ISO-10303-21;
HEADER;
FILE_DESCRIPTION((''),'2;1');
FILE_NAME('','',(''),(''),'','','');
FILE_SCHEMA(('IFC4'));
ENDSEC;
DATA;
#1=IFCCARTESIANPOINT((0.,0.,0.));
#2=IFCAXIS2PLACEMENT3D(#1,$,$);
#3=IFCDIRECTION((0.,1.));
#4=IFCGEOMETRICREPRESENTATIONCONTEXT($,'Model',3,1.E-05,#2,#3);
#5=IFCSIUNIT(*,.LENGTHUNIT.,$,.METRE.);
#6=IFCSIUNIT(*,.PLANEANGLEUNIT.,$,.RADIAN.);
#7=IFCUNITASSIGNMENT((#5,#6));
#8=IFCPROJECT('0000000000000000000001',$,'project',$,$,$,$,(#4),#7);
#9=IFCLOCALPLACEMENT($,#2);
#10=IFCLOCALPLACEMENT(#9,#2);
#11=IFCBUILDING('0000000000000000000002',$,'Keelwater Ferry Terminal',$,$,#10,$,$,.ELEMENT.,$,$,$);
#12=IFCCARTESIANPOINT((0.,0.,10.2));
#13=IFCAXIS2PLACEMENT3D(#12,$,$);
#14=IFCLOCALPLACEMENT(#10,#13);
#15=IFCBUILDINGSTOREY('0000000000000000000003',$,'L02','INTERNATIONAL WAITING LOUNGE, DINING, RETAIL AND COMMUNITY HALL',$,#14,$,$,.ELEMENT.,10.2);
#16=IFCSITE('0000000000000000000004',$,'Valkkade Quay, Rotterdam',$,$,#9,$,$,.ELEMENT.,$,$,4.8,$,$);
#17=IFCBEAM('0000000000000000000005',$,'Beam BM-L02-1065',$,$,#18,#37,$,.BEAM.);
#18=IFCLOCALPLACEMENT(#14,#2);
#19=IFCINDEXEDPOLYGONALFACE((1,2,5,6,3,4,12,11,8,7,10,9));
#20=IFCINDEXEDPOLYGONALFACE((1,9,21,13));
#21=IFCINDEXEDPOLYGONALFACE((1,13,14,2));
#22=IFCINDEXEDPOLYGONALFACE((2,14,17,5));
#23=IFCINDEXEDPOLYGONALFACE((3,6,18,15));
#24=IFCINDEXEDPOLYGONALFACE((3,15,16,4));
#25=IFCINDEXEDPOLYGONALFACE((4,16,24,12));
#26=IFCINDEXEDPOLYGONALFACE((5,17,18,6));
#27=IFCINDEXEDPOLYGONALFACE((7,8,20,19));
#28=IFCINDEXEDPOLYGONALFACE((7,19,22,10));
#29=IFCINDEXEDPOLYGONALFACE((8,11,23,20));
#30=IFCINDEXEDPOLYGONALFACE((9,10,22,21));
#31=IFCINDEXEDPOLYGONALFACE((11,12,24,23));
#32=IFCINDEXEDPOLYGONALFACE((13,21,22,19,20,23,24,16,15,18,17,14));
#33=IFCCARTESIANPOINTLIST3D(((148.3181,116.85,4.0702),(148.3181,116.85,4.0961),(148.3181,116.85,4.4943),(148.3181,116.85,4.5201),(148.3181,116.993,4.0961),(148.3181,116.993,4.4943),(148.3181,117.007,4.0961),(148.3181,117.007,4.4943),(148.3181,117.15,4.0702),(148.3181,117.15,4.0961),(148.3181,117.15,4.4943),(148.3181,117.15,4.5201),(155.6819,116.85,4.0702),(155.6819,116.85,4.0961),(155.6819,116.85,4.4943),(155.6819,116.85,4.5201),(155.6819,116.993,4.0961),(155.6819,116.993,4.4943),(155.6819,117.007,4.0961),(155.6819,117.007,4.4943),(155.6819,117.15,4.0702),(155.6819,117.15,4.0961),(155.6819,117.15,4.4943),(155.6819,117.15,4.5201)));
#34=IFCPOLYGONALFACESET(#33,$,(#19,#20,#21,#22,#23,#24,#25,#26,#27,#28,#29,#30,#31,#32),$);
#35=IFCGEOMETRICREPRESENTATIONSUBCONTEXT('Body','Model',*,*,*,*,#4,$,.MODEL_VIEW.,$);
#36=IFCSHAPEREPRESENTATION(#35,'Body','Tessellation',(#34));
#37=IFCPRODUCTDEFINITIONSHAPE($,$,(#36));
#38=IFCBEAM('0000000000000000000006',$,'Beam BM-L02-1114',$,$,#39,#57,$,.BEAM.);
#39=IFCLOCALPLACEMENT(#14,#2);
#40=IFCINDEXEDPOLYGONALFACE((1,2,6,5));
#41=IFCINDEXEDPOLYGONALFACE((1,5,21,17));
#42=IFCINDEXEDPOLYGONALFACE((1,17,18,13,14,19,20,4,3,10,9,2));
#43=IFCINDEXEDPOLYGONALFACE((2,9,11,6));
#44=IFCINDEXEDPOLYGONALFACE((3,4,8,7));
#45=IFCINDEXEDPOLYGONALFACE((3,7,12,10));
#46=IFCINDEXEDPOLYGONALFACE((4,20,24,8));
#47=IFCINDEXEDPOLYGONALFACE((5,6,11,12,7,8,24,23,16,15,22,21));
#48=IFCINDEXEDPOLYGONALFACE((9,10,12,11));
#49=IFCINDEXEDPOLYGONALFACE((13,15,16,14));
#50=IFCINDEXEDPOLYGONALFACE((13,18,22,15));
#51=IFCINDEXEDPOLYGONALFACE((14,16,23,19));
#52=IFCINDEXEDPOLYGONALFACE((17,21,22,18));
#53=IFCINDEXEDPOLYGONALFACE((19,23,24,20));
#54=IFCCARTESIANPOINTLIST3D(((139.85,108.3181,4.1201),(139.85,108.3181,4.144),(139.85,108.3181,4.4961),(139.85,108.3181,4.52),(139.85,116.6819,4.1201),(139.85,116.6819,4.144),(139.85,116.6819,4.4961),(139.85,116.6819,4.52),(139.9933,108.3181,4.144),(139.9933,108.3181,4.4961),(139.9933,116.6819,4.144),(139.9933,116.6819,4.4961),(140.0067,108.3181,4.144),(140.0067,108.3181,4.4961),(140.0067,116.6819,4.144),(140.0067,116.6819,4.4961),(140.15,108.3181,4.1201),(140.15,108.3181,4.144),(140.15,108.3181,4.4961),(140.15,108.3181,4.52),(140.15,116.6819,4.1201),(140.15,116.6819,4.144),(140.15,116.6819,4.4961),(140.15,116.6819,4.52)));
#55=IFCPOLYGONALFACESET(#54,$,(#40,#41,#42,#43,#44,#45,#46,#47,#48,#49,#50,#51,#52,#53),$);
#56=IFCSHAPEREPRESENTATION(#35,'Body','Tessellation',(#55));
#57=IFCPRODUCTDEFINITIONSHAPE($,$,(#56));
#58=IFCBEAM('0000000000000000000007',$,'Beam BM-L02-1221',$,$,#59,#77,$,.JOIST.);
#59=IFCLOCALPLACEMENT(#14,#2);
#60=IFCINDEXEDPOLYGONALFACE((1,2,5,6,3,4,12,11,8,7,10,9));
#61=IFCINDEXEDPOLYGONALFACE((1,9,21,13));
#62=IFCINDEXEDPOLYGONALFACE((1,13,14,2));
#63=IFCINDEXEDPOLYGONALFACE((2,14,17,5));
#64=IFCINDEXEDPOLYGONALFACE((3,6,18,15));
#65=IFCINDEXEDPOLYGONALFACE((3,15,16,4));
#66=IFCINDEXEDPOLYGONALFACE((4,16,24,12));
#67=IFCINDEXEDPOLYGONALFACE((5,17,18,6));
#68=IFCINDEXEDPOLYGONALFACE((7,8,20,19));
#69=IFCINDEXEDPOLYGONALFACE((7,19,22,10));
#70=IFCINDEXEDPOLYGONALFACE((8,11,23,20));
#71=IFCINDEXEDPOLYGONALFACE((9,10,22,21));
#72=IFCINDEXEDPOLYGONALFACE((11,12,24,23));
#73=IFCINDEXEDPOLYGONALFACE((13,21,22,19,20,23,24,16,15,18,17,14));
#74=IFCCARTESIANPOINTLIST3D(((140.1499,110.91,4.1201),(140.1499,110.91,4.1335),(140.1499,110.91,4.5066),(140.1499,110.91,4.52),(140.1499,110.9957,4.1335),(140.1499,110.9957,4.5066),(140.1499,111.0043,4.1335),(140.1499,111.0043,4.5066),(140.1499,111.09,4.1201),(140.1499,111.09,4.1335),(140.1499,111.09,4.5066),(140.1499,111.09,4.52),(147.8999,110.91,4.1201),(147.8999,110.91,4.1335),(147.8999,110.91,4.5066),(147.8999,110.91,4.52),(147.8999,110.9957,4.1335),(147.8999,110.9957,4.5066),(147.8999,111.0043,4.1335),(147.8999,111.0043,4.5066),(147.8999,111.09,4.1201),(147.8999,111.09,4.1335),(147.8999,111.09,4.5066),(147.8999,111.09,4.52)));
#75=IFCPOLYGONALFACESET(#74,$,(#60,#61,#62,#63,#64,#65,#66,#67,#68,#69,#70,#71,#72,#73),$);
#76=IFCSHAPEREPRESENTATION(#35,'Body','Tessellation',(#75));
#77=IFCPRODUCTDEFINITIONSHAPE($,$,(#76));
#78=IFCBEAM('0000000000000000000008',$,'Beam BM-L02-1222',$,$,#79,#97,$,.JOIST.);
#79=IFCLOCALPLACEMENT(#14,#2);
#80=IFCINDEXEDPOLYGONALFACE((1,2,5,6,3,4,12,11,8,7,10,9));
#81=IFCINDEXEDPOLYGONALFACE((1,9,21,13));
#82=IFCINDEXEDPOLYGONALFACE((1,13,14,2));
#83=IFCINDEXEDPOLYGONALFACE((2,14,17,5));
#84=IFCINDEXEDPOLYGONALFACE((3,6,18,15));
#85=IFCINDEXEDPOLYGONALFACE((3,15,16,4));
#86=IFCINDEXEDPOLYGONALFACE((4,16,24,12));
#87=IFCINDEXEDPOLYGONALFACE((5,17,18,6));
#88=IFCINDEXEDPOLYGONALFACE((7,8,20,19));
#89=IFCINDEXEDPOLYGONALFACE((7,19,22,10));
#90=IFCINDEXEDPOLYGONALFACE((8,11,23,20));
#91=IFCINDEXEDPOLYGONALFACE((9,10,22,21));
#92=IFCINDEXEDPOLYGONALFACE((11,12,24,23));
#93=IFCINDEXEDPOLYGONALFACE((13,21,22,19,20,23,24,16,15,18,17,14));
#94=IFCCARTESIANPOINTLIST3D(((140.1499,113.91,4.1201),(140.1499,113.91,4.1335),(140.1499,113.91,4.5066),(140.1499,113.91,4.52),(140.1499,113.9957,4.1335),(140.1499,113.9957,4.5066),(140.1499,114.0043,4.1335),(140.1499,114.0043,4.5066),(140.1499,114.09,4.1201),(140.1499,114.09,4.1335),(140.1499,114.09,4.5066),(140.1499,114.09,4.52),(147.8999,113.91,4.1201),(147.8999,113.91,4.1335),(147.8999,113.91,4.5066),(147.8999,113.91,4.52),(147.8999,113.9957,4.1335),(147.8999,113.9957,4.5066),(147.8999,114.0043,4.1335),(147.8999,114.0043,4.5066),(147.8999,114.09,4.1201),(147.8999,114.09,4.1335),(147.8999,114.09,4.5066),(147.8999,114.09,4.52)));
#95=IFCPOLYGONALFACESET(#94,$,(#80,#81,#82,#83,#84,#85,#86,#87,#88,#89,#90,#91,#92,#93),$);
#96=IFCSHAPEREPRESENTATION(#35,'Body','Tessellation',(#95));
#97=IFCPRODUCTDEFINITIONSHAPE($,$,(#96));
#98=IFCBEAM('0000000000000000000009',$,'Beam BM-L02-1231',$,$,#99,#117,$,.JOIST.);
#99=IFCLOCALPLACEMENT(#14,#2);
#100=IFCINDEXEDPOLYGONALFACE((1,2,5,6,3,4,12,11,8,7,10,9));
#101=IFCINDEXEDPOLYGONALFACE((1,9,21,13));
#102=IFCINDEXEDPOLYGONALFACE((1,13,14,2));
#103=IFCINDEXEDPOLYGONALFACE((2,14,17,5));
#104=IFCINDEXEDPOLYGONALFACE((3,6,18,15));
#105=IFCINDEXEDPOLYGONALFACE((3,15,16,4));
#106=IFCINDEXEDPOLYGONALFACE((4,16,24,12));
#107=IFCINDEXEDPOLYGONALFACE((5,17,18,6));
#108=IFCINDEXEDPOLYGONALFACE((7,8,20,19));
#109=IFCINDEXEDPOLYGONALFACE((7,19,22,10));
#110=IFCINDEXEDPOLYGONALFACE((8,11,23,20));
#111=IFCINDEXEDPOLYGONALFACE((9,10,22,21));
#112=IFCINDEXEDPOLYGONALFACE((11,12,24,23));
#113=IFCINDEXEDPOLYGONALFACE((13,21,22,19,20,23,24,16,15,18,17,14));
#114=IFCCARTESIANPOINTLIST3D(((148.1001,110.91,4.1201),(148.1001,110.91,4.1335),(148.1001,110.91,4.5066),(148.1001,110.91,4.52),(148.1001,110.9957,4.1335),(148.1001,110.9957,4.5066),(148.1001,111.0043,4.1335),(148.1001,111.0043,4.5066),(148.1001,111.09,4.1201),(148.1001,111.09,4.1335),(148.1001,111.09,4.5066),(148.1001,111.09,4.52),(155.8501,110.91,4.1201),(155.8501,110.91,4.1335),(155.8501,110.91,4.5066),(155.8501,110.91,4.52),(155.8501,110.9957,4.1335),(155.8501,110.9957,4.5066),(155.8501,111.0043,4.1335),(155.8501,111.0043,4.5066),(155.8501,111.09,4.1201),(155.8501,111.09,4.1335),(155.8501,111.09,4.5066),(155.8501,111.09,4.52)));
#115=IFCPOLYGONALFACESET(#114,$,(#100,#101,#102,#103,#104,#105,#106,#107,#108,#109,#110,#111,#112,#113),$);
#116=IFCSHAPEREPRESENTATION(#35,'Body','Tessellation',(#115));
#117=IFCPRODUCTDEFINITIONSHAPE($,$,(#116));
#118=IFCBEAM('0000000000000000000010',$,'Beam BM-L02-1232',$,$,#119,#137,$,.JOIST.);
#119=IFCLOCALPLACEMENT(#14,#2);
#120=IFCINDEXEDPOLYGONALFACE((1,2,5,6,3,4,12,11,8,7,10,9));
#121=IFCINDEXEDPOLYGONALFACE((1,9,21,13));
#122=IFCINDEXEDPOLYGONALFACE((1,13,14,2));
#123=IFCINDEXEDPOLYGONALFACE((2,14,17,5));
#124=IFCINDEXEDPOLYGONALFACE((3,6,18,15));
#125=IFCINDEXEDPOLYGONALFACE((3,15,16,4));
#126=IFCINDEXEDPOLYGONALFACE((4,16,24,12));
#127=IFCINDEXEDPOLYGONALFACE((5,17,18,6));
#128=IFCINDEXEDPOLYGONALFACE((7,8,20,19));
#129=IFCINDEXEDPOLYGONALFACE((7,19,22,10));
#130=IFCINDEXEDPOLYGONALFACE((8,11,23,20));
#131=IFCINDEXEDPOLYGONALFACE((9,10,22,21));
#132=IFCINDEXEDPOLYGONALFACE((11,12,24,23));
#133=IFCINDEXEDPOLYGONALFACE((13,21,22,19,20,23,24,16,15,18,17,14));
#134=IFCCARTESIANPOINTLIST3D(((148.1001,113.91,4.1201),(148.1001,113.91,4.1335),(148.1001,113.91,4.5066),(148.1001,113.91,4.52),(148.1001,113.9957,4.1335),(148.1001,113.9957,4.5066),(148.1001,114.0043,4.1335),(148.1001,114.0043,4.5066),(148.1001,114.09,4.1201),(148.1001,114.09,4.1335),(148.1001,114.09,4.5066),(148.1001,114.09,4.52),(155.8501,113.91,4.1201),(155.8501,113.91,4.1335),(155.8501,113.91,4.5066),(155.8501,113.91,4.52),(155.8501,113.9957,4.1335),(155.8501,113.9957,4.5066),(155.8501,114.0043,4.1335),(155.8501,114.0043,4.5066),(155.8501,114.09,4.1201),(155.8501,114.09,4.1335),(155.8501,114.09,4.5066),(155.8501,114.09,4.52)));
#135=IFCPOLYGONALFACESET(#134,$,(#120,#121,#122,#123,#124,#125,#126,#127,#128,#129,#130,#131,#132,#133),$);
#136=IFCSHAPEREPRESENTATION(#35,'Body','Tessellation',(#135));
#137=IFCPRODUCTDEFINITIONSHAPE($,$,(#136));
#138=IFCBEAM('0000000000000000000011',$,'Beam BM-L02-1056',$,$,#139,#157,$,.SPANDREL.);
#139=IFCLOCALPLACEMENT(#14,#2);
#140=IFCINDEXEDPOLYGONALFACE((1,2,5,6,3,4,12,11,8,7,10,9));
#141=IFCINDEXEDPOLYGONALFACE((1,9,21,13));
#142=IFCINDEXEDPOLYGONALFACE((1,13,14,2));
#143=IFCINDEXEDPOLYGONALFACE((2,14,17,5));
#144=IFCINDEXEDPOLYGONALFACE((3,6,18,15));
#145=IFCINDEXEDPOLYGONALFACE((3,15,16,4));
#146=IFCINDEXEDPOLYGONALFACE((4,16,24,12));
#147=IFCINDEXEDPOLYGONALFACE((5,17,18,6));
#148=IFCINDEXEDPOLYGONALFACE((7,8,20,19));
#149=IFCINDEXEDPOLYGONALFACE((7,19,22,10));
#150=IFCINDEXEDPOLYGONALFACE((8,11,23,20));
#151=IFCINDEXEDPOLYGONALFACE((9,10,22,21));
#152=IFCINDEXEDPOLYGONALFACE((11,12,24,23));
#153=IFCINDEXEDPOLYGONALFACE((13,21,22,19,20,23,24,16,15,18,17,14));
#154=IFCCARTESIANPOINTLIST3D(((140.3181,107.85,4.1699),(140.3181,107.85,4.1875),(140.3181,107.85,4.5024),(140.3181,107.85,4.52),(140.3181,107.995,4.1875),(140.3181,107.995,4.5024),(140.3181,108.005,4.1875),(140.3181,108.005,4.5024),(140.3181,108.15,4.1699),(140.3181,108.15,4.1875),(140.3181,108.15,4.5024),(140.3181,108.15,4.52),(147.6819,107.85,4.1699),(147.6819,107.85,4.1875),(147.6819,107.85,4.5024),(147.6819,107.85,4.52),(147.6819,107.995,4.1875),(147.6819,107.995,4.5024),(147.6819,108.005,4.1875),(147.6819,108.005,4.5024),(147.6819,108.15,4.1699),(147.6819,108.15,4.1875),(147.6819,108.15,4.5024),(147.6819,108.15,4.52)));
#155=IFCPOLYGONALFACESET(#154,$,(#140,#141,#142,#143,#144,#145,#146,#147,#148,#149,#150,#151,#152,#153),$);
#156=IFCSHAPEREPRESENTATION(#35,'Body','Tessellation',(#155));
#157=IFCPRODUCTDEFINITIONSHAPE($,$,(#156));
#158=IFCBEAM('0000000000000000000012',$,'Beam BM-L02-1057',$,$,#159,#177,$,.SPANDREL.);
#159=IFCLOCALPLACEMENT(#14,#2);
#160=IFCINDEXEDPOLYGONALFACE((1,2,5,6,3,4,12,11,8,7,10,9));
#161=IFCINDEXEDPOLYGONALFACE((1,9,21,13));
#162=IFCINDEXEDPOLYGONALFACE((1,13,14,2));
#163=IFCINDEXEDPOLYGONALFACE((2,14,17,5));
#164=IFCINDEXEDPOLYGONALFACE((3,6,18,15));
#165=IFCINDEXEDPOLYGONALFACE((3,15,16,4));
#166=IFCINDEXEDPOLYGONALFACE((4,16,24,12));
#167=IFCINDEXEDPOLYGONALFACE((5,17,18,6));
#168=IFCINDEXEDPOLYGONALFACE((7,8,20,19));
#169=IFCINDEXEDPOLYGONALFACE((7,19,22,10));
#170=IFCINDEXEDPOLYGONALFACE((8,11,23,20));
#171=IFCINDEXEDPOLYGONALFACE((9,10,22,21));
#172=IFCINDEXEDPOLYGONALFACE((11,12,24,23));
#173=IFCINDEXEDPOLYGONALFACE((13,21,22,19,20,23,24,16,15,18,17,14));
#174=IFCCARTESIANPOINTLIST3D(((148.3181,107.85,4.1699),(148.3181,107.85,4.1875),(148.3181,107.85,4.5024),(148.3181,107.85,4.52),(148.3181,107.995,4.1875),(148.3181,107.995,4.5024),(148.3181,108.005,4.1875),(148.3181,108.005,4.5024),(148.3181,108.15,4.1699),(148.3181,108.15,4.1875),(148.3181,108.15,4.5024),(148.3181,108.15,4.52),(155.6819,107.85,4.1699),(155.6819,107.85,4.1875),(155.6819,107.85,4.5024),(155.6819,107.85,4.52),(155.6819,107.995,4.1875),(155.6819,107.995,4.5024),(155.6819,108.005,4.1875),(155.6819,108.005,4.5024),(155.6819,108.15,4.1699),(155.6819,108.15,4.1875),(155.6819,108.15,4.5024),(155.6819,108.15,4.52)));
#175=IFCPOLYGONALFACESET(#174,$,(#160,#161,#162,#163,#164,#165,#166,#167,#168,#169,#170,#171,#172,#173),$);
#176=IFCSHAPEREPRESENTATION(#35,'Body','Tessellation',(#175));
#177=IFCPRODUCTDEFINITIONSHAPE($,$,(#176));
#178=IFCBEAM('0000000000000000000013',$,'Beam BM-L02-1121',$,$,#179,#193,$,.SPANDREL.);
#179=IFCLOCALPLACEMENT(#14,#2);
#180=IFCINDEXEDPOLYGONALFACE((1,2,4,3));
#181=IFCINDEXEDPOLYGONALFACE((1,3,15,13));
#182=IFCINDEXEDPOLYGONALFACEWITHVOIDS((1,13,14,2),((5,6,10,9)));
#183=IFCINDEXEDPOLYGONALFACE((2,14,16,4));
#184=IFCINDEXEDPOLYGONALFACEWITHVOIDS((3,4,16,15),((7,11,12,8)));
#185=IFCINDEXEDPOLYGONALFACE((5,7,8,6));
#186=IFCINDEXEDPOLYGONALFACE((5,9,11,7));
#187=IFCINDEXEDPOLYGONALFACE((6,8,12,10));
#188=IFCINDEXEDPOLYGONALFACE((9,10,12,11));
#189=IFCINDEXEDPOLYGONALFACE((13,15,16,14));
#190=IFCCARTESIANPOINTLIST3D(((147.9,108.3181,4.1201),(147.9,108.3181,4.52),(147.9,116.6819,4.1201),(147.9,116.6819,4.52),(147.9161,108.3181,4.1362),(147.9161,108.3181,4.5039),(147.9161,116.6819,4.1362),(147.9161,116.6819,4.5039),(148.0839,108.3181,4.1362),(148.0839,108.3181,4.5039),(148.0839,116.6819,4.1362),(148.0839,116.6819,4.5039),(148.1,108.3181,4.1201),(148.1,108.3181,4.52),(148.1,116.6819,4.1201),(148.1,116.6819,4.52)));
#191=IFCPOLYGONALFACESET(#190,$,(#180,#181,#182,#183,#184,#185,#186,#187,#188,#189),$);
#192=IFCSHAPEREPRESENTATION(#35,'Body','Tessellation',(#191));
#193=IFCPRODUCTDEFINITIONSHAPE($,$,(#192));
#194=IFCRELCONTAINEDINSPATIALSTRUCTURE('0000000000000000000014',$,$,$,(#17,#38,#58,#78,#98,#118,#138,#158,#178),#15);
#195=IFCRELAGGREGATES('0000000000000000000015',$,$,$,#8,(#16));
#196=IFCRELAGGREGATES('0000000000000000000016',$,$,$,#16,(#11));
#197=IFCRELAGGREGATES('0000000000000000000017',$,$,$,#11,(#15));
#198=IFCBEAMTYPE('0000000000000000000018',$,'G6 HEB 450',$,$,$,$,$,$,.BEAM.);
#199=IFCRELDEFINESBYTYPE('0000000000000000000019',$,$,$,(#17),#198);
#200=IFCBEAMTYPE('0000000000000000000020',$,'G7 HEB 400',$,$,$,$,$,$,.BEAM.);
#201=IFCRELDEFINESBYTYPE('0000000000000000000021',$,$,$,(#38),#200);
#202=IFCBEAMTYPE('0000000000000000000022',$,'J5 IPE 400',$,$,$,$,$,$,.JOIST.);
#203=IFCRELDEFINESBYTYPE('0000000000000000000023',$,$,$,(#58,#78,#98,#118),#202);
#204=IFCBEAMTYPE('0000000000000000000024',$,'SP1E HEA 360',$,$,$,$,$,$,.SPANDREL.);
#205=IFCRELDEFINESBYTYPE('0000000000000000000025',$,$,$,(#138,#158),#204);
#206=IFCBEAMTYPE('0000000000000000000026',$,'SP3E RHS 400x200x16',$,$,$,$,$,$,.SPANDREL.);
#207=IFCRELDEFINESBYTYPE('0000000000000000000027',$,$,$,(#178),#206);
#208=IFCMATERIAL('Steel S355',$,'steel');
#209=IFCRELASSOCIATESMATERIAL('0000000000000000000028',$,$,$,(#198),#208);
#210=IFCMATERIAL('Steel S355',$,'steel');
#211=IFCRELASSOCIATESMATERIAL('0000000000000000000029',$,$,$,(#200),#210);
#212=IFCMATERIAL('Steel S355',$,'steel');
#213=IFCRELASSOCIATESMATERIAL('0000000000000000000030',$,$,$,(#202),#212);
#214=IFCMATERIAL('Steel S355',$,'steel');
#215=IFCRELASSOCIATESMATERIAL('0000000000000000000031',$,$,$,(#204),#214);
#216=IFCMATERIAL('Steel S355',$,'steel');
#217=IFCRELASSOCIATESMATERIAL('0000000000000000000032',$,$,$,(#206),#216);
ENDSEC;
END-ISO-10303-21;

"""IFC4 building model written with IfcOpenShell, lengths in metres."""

from ifc_helpers import new_model, si_unit, direction, frame, origin, origin_2d, place, context, subcontext, project, spatial, hollow_rectangle, i_section, extrude, material, material_profile, profile_set, type_object, element, save


model = new_model("IFC4")

# Units and contexts
model_context = context("Model", 3, precision=1e-05, world=origin(), true_north=direction((0.0, 1.0)))
body_context = subcontext(model_context, "Body", "Model", "MODEL_VIEW")
ifc_project = project(units=[si_unit("LENGTHUNIT", "METRE"), si_unit("PLANEANGLEUNIT", "RADIAN")], contexts=[model_context])

# Site, building, storey
site_placement = place(None, origin())
site = spatial("IfcSite", under=ifc_project, at=site_placement, Name="Valkkade Quay, Rotterdam", CompositionType="ELEMENT", RefElevation=4.8)
building_placement = place(site_placement, origin())
building = spatial("IfcBuilding", under=site, at=building_placement, Name="Keelwater Ferry Terminal", CompositionType="ELEMENT")
storey_placement = place(building_placement, frame((0.0, 0.0, 10.2)))
storey = spatial("IfcBuildingStorey", under=building, at=storey_placement, Name="L02", Description="INTERNATIONAL WAITING LOUNGE, DINING, RETAIL AND COMMUNITY HALL", CompositionType="ELEMENT", Elevation=10.2)

# Beams
ifc_material_1 = material(Name="Steel S355", Category="steel")
ifc_material_profile_1 = material_profile(ifc_material_1, i_section(OverallWidth=0.3, OverallDepth=0.45, WebThickness=0.0139, FlangeThickness=0.0259, at=origin_2d()), Name="HEB 450")
ifc_profile_set_1 = profile_set([ifc_material_profile_1], Name="Steel S355")
beam_type_1 = type_object("IfcBeamType", Name="G6 HEB 450", PredefinedType="BEAM", material=ifc_profile_set_1)
for number, where, z_axis, x_axis, name in (
    (1, (148.3181, 117.0, 4.2952), (1.0, 0.0, 0.0), (0.0, 1.0, 0.0), "Beam BM-L02-1065"),
):
    element("IfcBeam", number, at=place(storey_placement, frame(where, z_axis=z_axis, x_axis=x_axis)), inside=storey, type_object=beam_type_1, Name=name, PredefinedType="BEAM", context=body_context, shape_type="SweptSolid", body=[
        extrude(i_section(OverallWidth=0.3, OverallDepth=0.45, WebThickness=0.0139, FlangeThickness=0.0259, at=origin_2d()), origin(), (0.0, 0.0, 1.0), 7.3638),
    ])
ifc_material_2 = material(Name="Steel S355", Category="steel")
ifc_material_profile_2 = material_profile(ifc_material_2, i_section(OverallWidth=0.3, OverallDepth=0.3999, WebThickness=0.0134, FlangeThickness=0.0239, at=origin_2d()), Name="HEB 400")
ifc_profile_set_2 = profile_set([ifc_material_profile_2], Name="Steel S355")
beam_type_2 = type_object("IfcBeamType", Name="G7 HEB 400", PredefinedType="BEAM", material=ifc_profile_set_2)
beam_1_placement = place(storey_placement, frame((140.0, 108.3181, 4.3201), z_axis=(0.0, 1.0, 0.0), x_axis=(-1.0, 0.0, 0.0)))
element("IfcBeam", 2, at=beam_1_placement, inside=storey, type_object=beam_type_2, Name="Beam BM-L02-1114", PredefinedType="BEAM", context=body_context, shape_type="SweptSolid", body=[
    extrude(i_section(OverallWidth=0.3, OverallDepth=0.3999, WebThickness=0.0134, FlangeThickness=0.0239, at=origin_2d()), origin(), (0.0, 0.0, 1.0), 8.3638),
])
ifc_material_3 = material(Name="Steel S355", Category="steel")
ifc_material_profile_3 = material_profile(ifc_material_3, i_section(OverallWidth=0.1799, OverallDepth=0.3999, WebThickness=0.0085, FlangeThickness=0.0134, at=origin_2d()), Name="IPE 400")
ifc_profile_set_3 = profile_set([ifc_material_profile_3], Name="Steel S355")
beam_type_3 = type_object("IfcBeamType", Name="J5 IPE 400", PredefinedType="JOIST", material=ifc_profile_set_3)
for number, where, z_axis, x_axis, name in (
    (3, (140.1499, 111.0, 4.3201), (1.0, 0.0, 0.0), (0.0, 1.0, 0.0), "Beam BM-L02-1221"),
    (4, (140.1499, 114.0, 4.3201), (1.0, 0.0, 0.0), (0.0, 1.0, 0.0), "Beam BM-L02-1222"),
    (5, (148.1001, 111.0, 4.3201), (1.0, 0.0, 0.0), (0.0, 1.0, 0.0), "Beam BM-L02-1231"),
    (6, (148.1001, 114.0, 4.3201), (1.0, 0.0, 0.0), (0.0, 1.0, 0.0), "Beam BM-L02-1232"),
):
    element("IfcBeam", number, at=place(storey_placement, frame(where, z_axis=z_axis, x_axis=x_axis)), inside=storey, type_object=beam_type_3, Name=name, PredefinedType="JOIST", context=body_context, shape_type="SweptSolid", body=[
        extrude(i_section(OverallWidth=0.1799, OverallDepth=0.3999, WebThickness=0.0085, FlangeThickness=0.0134, at=origin_2d()), origin(), (0.0, 0.0, 1.0), 7.75),
    ])
ifc_material_4 = material(Name="Steel S355", Category="steel")
ifc_material_profile_4 = material_profile(ifc_material_4, i_section(OverallWidth=0.3, OverallDepth=0.3501, WebThickness=0.01, FlangeThickness=0.0176, at=origin_2d()), Name="HEA 360")
ifc_profile_set_4 = profile_set([ifc_material_profile_4], Name="Steel S355")
beam_type_4 = type_object("IfcBeamType", Name="SP1E HEA 360", PredefinedType="SPANDREL", material=ifc_profile_set_4)
for number, where, z_axis, x_axis, name in (
    (7, (140.3181, 108.0, 4.345), (1.0, 0.0, 0.0), (0.0, 1.0, 0.0), "Beam BM-L02-1056"),
    (8, (148.3181, 108.0, 4.345), (1.0, 0.0, 0.0), (0.0, 1.0, 0.0), "Beam BM-L02-1057"),
):
    element("IfcBeam", number, at=place(storey_placement, frame(where, z_axis=z_axis, x_axis=x_axis)), inside=storey, type_object=beam_type_4, Name=name, PredefinedType="SPANDREL", context=body_context, shape_type="SweptSolid", body=[
        extrude(i_section(OverallWidth=0.3, OverallDepth=0.3501, WebThickness=0.01, FlangeThickness=0.0176, at=origin_2d()), origin(), (0.0, 0.0, 1.0), 7.3638),
    ])
ifc_material_5 = material(Name="Steel S355", Category="steel")
ifc_material_profile_5 = material_profile(ifc_material_5, hollow_rectangle(XDim=0.2, YDim=0.3999, WallThickness=0.0161, at=origin_2d()), Name="RHS 400x200x16")
ifc_profile_set_5 = profile_set([ifc_material_profile_5], Name="Steel S355")
beam_type_5 = type_object("IfcBeamType", Name="SP3E RHS 400x200x16", PredefinedType="SPANDREL", material=ifc_profile_set_5)
beam_2_placement = place(storey_placement, frame((148.0, 108.3181, 4.3201), z_axis=(0.0, 1.0, 0.0), x_axis=(-1.0, 0.0, 0.0)))
element("IfcBeam", 9, at=beam_2_placement, inside=storey, type_object=beam_type_5, Name="Beam BM-L02-1121", PredefinedType="SPANDREL", context=body_context, shape_type="SweptSolid", body=[
    extrude(hollow_rectangle(XDim=0.2, YDim=0.3999, WallThickness=0.0161, at=origin_2d()), origin(), (0.0, 0.0, 1.0), 8.3638),
])

save(model, "model.ifc")
